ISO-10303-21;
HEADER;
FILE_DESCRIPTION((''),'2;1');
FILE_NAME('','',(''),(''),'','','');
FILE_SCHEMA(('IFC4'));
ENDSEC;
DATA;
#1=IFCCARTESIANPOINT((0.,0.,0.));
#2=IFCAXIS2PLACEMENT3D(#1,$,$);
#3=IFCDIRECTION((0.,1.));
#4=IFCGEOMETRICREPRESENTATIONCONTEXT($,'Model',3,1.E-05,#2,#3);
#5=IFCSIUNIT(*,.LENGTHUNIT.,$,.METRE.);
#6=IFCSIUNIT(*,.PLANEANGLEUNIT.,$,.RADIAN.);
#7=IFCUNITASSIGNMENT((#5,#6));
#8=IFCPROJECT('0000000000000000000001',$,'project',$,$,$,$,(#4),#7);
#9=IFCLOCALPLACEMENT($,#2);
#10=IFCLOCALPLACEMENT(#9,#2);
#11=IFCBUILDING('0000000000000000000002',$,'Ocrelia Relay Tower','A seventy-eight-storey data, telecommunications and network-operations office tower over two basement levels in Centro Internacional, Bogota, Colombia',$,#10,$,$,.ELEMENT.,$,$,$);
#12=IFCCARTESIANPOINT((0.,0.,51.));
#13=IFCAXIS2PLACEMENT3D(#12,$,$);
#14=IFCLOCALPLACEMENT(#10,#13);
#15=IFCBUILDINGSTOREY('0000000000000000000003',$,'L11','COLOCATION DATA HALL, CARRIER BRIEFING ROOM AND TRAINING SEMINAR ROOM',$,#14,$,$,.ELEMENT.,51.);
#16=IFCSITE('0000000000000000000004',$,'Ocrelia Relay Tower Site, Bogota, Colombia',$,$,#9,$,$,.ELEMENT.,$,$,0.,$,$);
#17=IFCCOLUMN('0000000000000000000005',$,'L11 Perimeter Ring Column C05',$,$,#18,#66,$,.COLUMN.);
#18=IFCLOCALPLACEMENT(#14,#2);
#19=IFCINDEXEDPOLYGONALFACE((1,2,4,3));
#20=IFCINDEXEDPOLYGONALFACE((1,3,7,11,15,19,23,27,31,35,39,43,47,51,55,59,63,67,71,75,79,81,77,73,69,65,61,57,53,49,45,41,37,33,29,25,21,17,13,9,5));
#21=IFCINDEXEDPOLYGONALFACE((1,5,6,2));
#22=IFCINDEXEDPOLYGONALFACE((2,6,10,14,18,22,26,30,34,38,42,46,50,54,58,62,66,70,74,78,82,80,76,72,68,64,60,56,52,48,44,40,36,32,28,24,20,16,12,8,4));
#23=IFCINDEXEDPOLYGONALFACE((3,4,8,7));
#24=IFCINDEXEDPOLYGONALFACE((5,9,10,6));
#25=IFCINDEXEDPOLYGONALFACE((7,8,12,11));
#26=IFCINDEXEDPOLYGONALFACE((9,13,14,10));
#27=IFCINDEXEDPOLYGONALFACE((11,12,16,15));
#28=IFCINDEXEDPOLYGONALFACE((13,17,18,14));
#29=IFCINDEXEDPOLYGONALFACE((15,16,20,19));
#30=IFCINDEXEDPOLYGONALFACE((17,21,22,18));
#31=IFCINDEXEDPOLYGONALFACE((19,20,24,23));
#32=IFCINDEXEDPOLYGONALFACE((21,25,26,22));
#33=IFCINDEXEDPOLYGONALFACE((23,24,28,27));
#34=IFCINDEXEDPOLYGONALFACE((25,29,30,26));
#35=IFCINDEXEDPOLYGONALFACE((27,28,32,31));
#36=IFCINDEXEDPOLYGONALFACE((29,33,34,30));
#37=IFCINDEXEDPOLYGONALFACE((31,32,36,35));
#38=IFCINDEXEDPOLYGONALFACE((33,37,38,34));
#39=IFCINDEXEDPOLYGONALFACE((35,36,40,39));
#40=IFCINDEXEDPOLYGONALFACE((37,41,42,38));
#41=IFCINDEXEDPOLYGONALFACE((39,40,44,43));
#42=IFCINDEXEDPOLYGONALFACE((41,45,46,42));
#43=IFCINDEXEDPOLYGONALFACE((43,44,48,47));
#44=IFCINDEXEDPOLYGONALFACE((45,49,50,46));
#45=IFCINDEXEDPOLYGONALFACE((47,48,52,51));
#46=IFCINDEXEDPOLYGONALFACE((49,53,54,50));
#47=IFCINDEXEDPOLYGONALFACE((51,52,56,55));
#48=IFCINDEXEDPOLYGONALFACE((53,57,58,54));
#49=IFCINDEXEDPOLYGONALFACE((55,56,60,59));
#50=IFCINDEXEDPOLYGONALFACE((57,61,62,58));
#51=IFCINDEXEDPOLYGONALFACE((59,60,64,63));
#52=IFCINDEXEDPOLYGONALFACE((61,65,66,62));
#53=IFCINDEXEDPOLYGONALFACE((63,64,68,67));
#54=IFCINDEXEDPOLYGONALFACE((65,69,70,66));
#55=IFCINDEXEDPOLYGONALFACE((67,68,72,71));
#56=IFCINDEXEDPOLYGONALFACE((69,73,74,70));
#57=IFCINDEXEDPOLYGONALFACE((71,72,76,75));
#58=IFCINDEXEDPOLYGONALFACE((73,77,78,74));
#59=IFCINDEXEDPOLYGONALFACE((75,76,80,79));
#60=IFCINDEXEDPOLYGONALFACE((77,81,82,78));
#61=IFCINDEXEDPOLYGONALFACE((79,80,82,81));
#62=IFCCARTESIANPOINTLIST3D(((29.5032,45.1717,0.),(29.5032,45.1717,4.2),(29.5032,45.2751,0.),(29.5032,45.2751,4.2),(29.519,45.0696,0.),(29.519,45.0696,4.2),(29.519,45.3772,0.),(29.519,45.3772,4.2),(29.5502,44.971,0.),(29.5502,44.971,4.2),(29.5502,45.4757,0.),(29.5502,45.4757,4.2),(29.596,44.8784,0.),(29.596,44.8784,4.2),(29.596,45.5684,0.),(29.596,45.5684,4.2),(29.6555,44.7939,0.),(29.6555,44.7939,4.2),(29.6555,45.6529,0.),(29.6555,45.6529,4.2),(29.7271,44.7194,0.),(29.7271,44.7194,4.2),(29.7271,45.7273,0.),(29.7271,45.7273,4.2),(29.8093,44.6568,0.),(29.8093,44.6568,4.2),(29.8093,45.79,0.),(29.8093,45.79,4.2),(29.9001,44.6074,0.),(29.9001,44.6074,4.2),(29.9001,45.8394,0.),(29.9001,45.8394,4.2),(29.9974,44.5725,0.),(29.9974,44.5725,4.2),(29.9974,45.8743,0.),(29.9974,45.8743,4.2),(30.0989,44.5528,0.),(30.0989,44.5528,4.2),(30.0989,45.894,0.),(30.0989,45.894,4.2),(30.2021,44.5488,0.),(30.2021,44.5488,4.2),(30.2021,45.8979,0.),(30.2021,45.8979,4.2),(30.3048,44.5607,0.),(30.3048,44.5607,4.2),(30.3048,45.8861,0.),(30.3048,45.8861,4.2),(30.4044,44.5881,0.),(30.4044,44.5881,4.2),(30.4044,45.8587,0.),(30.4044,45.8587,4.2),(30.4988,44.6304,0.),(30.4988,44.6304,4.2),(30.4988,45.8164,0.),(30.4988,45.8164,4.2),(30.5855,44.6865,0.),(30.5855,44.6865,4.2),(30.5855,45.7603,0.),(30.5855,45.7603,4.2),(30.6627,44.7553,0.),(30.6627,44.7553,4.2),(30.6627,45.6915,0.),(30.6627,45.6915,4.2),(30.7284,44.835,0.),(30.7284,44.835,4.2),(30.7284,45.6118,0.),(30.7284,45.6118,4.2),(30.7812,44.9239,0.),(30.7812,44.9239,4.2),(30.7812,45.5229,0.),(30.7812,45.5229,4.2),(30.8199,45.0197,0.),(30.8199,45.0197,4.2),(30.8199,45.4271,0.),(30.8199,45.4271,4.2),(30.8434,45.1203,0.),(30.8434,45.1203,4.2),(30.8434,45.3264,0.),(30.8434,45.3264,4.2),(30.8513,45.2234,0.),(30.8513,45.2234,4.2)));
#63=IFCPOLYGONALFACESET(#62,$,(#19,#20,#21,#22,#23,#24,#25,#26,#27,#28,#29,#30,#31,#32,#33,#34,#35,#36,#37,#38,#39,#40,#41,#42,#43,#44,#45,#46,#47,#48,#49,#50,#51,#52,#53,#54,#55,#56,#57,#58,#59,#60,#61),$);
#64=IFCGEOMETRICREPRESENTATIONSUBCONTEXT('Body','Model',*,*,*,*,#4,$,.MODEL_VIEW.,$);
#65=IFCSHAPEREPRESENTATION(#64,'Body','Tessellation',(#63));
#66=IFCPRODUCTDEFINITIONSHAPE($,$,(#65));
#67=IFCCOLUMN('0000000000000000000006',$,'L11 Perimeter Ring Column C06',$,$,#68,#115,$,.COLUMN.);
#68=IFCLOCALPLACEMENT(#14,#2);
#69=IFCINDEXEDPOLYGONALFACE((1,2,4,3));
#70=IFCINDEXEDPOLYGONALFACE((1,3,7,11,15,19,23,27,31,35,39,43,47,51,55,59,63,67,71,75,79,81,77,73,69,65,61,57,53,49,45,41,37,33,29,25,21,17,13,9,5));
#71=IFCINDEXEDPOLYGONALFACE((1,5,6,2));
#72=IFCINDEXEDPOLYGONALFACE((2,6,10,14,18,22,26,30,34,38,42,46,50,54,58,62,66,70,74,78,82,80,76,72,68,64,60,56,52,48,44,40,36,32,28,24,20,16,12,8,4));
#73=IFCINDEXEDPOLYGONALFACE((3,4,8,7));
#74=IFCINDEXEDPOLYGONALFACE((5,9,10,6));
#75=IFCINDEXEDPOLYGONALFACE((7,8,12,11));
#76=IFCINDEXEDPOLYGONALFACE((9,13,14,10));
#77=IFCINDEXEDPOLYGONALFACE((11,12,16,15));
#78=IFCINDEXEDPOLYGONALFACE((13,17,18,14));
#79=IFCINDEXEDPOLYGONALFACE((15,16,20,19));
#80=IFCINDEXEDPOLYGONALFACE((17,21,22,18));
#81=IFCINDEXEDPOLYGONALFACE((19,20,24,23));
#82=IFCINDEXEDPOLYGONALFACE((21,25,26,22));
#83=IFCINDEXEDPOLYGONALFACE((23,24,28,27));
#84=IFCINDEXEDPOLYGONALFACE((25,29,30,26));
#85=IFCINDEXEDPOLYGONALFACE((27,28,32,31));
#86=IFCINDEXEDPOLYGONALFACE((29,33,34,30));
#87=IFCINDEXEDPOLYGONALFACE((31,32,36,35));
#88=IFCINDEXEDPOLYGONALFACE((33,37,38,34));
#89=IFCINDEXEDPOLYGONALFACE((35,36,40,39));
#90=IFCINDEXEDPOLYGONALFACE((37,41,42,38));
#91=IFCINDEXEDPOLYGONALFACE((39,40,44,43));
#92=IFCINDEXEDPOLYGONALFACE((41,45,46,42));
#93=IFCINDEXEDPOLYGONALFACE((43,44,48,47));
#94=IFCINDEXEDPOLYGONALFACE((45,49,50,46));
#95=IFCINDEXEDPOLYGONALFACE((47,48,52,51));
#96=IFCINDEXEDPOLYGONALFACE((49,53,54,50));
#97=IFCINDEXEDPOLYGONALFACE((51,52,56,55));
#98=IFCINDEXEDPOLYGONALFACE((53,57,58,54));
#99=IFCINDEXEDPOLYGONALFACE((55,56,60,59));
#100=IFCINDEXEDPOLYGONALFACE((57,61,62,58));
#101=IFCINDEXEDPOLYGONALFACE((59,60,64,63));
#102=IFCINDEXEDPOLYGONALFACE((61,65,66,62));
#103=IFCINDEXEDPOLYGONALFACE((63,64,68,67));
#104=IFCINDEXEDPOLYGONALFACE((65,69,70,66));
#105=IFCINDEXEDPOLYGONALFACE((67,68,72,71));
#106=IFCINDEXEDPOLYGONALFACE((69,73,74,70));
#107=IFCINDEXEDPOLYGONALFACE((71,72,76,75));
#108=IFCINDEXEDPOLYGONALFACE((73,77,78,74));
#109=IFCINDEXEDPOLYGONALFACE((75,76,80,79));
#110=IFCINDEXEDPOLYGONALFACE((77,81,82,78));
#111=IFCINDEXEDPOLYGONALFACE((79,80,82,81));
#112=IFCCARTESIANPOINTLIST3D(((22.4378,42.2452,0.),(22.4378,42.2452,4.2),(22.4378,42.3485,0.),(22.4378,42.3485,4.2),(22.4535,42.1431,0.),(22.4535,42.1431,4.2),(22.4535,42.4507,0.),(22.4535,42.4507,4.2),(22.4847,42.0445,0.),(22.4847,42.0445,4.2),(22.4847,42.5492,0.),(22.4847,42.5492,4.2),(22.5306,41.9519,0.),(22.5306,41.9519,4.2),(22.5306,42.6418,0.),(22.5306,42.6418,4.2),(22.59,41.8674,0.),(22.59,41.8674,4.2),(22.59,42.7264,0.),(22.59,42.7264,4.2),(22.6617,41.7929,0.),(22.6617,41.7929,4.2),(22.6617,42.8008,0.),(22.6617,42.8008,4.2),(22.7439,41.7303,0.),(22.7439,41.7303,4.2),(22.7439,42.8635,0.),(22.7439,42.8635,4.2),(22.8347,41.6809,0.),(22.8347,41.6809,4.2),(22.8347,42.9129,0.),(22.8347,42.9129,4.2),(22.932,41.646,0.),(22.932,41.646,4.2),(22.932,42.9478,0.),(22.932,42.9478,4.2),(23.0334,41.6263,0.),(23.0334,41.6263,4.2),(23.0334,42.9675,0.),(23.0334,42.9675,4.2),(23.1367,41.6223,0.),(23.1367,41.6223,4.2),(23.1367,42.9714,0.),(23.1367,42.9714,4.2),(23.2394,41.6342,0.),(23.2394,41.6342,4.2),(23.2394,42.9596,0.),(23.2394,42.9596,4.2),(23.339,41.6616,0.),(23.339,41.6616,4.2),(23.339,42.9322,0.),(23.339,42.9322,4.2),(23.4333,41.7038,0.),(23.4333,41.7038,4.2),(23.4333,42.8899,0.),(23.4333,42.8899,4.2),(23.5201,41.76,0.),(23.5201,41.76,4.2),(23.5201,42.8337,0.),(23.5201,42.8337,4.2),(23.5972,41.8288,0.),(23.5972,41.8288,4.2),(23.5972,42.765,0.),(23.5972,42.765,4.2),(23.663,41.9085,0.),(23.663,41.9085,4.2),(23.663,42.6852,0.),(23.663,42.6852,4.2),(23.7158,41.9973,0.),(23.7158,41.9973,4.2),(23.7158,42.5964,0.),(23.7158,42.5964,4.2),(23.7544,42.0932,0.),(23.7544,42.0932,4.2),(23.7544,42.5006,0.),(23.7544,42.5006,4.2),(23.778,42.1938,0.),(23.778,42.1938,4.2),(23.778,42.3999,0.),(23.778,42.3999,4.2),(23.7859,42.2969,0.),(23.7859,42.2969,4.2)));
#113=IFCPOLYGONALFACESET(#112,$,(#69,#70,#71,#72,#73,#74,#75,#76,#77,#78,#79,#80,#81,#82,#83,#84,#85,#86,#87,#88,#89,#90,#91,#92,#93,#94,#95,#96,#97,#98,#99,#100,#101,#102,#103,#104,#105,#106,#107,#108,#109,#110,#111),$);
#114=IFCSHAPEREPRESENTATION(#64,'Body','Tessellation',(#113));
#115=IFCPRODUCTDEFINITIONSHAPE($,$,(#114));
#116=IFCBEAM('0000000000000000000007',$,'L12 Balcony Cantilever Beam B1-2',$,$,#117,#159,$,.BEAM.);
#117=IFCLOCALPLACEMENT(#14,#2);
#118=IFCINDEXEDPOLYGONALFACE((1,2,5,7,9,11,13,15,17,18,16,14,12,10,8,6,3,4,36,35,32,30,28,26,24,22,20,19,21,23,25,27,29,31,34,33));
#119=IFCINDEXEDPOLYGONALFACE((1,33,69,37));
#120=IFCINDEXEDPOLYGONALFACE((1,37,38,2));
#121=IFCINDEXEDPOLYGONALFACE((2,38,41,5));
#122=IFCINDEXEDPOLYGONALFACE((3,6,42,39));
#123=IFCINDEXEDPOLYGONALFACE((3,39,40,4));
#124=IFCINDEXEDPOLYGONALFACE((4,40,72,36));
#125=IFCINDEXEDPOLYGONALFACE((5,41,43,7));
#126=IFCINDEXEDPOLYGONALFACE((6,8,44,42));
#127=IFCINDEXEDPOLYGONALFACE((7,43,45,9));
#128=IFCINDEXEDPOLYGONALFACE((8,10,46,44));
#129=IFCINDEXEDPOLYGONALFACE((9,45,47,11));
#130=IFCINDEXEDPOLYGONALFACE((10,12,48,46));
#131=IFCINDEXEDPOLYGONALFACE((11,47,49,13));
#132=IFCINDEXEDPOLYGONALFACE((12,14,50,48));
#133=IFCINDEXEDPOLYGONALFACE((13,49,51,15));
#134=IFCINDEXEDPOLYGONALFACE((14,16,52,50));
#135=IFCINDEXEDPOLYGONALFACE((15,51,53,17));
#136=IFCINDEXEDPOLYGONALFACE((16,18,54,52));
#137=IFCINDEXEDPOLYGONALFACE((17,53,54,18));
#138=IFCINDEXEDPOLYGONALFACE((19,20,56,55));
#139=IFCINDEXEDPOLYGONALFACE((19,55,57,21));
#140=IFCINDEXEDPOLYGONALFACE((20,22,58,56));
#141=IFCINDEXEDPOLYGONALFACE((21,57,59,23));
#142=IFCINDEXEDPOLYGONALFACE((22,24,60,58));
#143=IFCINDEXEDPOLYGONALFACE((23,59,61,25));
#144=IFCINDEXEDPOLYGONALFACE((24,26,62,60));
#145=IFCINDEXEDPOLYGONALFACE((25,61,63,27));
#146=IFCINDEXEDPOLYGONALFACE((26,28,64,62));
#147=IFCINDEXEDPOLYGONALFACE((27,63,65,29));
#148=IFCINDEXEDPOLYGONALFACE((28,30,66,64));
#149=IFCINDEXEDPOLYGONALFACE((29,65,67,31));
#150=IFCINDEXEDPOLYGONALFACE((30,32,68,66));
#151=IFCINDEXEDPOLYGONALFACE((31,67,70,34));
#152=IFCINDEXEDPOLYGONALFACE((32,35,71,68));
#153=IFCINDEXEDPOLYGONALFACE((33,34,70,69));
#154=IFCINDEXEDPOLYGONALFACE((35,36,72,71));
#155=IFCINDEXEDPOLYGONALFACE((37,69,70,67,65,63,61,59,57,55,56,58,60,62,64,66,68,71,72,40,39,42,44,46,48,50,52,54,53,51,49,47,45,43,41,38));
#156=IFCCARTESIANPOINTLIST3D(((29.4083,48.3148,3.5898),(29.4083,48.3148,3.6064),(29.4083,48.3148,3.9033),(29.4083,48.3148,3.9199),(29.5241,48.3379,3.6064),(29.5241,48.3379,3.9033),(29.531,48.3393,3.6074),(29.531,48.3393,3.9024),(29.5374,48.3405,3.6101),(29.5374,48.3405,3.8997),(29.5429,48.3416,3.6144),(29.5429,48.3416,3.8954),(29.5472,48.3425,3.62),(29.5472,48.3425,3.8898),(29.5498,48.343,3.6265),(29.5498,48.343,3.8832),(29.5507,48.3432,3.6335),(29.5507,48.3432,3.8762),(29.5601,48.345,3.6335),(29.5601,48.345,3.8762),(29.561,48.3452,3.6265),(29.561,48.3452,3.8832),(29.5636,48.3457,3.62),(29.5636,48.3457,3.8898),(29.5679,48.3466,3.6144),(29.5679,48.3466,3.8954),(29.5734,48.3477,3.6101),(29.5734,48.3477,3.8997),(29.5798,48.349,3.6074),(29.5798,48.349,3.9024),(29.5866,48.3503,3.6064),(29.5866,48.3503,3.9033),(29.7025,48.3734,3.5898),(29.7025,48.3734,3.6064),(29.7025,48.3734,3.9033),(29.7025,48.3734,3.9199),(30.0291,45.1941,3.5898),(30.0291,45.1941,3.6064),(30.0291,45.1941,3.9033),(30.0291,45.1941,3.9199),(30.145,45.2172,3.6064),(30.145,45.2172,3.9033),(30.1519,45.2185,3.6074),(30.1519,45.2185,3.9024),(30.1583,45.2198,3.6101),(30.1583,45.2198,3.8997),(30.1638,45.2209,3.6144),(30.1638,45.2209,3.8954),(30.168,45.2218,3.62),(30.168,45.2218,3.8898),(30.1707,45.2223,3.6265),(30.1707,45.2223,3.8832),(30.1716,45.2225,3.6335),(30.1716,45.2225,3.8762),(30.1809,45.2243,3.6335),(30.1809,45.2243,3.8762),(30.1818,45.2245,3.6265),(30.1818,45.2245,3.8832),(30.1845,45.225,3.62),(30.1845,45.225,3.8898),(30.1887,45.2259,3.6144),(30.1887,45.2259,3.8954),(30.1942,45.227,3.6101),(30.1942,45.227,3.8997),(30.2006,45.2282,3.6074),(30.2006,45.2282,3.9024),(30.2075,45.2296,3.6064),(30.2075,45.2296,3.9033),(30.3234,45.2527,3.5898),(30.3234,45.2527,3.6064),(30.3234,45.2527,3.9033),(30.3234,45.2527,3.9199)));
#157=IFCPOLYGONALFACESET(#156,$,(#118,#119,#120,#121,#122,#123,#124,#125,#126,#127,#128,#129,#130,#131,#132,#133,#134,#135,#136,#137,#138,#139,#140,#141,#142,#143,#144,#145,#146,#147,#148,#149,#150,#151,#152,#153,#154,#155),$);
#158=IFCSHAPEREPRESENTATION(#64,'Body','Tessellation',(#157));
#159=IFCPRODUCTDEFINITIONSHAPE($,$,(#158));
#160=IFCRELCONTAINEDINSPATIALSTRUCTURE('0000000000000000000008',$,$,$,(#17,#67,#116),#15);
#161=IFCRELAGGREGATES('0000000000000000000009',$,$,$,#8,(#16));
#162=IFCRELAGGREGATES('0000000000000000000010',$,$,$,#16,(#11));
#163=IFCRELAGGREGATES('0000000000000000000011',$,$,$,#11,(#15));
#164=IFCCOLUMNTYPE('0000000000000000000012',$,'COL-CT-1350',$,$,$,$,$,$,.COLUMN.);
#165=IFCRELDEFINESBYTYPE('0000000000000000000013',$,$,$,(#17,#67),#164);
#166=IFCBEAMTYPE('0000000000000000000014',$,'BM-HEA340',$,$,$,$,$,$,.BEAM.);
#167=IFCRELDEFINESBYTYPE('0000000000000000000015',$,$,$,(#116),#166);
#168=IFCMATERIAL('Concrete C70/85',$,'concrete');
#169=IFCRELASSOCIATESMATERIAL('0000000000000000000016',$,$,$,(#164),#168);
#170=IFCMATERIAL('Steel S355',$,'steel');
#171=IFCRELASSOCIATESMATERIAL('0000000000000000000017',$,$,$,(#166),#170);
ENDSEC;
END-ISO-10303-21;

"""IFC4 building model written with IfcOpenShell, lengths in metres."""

from ifc_helpers import new_model, si_unit, direction, frame, origin, origin_2d, place, context, subcontext, project, spatial, circle, i_section, extrude, material, material_profile, profile_set, type_object, element, save


model = new_model("IFC4")

# Units and contexts
model_context = context("Model", 3, precision=1e-05, world=origin(), true_north=direction((0.0, 1.0)))
body_context = subcontext(model_context, "Body", "Model", "MODEL_VIEW")
ifc_project = project(units=[si_unit("LENGTHUNIT", "METRE"), si_unit("PLANEANGLEUNIT", "RADIAN")], contexts=[model_context])

# Site, building, storey
site_placement = place(None, origin())
site = spatial("IfcSite", under=ifc_project, at=site_placement, Name="Ocrelia Relay Tower Site, Bogota, Colombia", CompositionType="ELEMENT", RefElevation=0.0)
building_placement = place(site_placement, origin())
building = spatial("IfcBuilding", under=site, at=building_placement, Name="Ocrelia Relay Tower", Description="A seventy-eight-storey data, telecommunications and network-operations office tower over two basement levels in Centro Internacional, Bogota, Colombia", CompositionType="ELEMENT")
storey_placement = place(building_placement, frame((0.0, 0.0, 51.0)))
storey = spatial("IfcBuildingStorey", under=building, at=storey_placement, Name="L11", Description="COLOCATION DATA HALL, CARRIER BRIEFING ROOM AND TRAINING SEMINAR ROOM", CompositionType="ELEMENT", Elevation=51.0)

# Columns
ifc_material_1 = material(Name="Concrete C70/85", Category="concrete")
ifc_material_profile_1 = material_profile(ifc_material_1, circle(Radius=0.675, at=origin_2d()), Name="RC-CIR-1350")
ifc_profile_set_1 = profile_set([ifc_material_profile_1], Name="Concrete C70/85")
column_type = type_object("IfcColumnType", Name="COL-CT-1350", PredefinedType="COLUMN", material=ifc_profile_set_1)
for number, where, z_axis, x_axis, name in (
    (1, (30.1763, 45.2234, 0.0), (0.0, 0.0, 1.0), (1.0, 0.0, 0.0), "L11 Perimeter Ring Column C05"),
    (2, (23.1108, 42.2969, 0.0), (0.0, 0.0, 1.0), (1.0, 0.0, 0.0), "L11 Perimeter Ring Column C06"),
):
    element("IfcColumn", number, at=place(storey_placement, frame(where, z_axis=z_axis, x_axis=x_axis)), inside=storey, type_object=column_type, Name=name, PredefinedType="COLUMN", context=body_context, shape_type="SweptSolid", body=[
        extrude(circle(Radius=0.675, at=origin_2d()), origin(), (0.0, 0.0, 1.0), 4.2),
    ])

# Beam
ifc_material_2 = material(Name="Steel S355", Category="steel")
ifc_material_profile_2 = material_profile(ifc_material_2, i_section(OverallWidth=0.3, OverallDepth=0.3301, WebThickness=0.0095, FlangeThickness=0.0166, FilletRadius=0.0271, at=origin_2d()), Name="HEA 340")
ifc_profile_set_2 = profile_set([ifc_material_profile_2], Name="Steel S355")
beam_type_1 = type_object("IfcBeamType", Name="BM-HEA340", PredefinedType="BEAM", material=ifc_profile_set_2)
beam_1_placement = place(storey_placement, frame((30.1763, 45.2234, 3.7549), z_axis=(-0.195127, 0.980778, 0.0), x_axis=(-0.980778, -0.195127, 0.0)))
element("IfcBeam", 3, at=beam_1_placement, inside=storey, type_object=beam_type_1, Name="L12 Balcony Cantilever Beam B1-2", PredefinedType="BEAM", context=body_context, shape_type="SweptSolid", body=[
    extrude(i_section(OverallWidth=0.3, OverallDepth=0.3301, WebThickness=0.0095, FlangeThickness=0.0166, FilletRadius=0.0271, at=origin_2d()), origin(), (0.0, 0.0, 1.0), 3.1819),
])

save(model, "model.ifc")
